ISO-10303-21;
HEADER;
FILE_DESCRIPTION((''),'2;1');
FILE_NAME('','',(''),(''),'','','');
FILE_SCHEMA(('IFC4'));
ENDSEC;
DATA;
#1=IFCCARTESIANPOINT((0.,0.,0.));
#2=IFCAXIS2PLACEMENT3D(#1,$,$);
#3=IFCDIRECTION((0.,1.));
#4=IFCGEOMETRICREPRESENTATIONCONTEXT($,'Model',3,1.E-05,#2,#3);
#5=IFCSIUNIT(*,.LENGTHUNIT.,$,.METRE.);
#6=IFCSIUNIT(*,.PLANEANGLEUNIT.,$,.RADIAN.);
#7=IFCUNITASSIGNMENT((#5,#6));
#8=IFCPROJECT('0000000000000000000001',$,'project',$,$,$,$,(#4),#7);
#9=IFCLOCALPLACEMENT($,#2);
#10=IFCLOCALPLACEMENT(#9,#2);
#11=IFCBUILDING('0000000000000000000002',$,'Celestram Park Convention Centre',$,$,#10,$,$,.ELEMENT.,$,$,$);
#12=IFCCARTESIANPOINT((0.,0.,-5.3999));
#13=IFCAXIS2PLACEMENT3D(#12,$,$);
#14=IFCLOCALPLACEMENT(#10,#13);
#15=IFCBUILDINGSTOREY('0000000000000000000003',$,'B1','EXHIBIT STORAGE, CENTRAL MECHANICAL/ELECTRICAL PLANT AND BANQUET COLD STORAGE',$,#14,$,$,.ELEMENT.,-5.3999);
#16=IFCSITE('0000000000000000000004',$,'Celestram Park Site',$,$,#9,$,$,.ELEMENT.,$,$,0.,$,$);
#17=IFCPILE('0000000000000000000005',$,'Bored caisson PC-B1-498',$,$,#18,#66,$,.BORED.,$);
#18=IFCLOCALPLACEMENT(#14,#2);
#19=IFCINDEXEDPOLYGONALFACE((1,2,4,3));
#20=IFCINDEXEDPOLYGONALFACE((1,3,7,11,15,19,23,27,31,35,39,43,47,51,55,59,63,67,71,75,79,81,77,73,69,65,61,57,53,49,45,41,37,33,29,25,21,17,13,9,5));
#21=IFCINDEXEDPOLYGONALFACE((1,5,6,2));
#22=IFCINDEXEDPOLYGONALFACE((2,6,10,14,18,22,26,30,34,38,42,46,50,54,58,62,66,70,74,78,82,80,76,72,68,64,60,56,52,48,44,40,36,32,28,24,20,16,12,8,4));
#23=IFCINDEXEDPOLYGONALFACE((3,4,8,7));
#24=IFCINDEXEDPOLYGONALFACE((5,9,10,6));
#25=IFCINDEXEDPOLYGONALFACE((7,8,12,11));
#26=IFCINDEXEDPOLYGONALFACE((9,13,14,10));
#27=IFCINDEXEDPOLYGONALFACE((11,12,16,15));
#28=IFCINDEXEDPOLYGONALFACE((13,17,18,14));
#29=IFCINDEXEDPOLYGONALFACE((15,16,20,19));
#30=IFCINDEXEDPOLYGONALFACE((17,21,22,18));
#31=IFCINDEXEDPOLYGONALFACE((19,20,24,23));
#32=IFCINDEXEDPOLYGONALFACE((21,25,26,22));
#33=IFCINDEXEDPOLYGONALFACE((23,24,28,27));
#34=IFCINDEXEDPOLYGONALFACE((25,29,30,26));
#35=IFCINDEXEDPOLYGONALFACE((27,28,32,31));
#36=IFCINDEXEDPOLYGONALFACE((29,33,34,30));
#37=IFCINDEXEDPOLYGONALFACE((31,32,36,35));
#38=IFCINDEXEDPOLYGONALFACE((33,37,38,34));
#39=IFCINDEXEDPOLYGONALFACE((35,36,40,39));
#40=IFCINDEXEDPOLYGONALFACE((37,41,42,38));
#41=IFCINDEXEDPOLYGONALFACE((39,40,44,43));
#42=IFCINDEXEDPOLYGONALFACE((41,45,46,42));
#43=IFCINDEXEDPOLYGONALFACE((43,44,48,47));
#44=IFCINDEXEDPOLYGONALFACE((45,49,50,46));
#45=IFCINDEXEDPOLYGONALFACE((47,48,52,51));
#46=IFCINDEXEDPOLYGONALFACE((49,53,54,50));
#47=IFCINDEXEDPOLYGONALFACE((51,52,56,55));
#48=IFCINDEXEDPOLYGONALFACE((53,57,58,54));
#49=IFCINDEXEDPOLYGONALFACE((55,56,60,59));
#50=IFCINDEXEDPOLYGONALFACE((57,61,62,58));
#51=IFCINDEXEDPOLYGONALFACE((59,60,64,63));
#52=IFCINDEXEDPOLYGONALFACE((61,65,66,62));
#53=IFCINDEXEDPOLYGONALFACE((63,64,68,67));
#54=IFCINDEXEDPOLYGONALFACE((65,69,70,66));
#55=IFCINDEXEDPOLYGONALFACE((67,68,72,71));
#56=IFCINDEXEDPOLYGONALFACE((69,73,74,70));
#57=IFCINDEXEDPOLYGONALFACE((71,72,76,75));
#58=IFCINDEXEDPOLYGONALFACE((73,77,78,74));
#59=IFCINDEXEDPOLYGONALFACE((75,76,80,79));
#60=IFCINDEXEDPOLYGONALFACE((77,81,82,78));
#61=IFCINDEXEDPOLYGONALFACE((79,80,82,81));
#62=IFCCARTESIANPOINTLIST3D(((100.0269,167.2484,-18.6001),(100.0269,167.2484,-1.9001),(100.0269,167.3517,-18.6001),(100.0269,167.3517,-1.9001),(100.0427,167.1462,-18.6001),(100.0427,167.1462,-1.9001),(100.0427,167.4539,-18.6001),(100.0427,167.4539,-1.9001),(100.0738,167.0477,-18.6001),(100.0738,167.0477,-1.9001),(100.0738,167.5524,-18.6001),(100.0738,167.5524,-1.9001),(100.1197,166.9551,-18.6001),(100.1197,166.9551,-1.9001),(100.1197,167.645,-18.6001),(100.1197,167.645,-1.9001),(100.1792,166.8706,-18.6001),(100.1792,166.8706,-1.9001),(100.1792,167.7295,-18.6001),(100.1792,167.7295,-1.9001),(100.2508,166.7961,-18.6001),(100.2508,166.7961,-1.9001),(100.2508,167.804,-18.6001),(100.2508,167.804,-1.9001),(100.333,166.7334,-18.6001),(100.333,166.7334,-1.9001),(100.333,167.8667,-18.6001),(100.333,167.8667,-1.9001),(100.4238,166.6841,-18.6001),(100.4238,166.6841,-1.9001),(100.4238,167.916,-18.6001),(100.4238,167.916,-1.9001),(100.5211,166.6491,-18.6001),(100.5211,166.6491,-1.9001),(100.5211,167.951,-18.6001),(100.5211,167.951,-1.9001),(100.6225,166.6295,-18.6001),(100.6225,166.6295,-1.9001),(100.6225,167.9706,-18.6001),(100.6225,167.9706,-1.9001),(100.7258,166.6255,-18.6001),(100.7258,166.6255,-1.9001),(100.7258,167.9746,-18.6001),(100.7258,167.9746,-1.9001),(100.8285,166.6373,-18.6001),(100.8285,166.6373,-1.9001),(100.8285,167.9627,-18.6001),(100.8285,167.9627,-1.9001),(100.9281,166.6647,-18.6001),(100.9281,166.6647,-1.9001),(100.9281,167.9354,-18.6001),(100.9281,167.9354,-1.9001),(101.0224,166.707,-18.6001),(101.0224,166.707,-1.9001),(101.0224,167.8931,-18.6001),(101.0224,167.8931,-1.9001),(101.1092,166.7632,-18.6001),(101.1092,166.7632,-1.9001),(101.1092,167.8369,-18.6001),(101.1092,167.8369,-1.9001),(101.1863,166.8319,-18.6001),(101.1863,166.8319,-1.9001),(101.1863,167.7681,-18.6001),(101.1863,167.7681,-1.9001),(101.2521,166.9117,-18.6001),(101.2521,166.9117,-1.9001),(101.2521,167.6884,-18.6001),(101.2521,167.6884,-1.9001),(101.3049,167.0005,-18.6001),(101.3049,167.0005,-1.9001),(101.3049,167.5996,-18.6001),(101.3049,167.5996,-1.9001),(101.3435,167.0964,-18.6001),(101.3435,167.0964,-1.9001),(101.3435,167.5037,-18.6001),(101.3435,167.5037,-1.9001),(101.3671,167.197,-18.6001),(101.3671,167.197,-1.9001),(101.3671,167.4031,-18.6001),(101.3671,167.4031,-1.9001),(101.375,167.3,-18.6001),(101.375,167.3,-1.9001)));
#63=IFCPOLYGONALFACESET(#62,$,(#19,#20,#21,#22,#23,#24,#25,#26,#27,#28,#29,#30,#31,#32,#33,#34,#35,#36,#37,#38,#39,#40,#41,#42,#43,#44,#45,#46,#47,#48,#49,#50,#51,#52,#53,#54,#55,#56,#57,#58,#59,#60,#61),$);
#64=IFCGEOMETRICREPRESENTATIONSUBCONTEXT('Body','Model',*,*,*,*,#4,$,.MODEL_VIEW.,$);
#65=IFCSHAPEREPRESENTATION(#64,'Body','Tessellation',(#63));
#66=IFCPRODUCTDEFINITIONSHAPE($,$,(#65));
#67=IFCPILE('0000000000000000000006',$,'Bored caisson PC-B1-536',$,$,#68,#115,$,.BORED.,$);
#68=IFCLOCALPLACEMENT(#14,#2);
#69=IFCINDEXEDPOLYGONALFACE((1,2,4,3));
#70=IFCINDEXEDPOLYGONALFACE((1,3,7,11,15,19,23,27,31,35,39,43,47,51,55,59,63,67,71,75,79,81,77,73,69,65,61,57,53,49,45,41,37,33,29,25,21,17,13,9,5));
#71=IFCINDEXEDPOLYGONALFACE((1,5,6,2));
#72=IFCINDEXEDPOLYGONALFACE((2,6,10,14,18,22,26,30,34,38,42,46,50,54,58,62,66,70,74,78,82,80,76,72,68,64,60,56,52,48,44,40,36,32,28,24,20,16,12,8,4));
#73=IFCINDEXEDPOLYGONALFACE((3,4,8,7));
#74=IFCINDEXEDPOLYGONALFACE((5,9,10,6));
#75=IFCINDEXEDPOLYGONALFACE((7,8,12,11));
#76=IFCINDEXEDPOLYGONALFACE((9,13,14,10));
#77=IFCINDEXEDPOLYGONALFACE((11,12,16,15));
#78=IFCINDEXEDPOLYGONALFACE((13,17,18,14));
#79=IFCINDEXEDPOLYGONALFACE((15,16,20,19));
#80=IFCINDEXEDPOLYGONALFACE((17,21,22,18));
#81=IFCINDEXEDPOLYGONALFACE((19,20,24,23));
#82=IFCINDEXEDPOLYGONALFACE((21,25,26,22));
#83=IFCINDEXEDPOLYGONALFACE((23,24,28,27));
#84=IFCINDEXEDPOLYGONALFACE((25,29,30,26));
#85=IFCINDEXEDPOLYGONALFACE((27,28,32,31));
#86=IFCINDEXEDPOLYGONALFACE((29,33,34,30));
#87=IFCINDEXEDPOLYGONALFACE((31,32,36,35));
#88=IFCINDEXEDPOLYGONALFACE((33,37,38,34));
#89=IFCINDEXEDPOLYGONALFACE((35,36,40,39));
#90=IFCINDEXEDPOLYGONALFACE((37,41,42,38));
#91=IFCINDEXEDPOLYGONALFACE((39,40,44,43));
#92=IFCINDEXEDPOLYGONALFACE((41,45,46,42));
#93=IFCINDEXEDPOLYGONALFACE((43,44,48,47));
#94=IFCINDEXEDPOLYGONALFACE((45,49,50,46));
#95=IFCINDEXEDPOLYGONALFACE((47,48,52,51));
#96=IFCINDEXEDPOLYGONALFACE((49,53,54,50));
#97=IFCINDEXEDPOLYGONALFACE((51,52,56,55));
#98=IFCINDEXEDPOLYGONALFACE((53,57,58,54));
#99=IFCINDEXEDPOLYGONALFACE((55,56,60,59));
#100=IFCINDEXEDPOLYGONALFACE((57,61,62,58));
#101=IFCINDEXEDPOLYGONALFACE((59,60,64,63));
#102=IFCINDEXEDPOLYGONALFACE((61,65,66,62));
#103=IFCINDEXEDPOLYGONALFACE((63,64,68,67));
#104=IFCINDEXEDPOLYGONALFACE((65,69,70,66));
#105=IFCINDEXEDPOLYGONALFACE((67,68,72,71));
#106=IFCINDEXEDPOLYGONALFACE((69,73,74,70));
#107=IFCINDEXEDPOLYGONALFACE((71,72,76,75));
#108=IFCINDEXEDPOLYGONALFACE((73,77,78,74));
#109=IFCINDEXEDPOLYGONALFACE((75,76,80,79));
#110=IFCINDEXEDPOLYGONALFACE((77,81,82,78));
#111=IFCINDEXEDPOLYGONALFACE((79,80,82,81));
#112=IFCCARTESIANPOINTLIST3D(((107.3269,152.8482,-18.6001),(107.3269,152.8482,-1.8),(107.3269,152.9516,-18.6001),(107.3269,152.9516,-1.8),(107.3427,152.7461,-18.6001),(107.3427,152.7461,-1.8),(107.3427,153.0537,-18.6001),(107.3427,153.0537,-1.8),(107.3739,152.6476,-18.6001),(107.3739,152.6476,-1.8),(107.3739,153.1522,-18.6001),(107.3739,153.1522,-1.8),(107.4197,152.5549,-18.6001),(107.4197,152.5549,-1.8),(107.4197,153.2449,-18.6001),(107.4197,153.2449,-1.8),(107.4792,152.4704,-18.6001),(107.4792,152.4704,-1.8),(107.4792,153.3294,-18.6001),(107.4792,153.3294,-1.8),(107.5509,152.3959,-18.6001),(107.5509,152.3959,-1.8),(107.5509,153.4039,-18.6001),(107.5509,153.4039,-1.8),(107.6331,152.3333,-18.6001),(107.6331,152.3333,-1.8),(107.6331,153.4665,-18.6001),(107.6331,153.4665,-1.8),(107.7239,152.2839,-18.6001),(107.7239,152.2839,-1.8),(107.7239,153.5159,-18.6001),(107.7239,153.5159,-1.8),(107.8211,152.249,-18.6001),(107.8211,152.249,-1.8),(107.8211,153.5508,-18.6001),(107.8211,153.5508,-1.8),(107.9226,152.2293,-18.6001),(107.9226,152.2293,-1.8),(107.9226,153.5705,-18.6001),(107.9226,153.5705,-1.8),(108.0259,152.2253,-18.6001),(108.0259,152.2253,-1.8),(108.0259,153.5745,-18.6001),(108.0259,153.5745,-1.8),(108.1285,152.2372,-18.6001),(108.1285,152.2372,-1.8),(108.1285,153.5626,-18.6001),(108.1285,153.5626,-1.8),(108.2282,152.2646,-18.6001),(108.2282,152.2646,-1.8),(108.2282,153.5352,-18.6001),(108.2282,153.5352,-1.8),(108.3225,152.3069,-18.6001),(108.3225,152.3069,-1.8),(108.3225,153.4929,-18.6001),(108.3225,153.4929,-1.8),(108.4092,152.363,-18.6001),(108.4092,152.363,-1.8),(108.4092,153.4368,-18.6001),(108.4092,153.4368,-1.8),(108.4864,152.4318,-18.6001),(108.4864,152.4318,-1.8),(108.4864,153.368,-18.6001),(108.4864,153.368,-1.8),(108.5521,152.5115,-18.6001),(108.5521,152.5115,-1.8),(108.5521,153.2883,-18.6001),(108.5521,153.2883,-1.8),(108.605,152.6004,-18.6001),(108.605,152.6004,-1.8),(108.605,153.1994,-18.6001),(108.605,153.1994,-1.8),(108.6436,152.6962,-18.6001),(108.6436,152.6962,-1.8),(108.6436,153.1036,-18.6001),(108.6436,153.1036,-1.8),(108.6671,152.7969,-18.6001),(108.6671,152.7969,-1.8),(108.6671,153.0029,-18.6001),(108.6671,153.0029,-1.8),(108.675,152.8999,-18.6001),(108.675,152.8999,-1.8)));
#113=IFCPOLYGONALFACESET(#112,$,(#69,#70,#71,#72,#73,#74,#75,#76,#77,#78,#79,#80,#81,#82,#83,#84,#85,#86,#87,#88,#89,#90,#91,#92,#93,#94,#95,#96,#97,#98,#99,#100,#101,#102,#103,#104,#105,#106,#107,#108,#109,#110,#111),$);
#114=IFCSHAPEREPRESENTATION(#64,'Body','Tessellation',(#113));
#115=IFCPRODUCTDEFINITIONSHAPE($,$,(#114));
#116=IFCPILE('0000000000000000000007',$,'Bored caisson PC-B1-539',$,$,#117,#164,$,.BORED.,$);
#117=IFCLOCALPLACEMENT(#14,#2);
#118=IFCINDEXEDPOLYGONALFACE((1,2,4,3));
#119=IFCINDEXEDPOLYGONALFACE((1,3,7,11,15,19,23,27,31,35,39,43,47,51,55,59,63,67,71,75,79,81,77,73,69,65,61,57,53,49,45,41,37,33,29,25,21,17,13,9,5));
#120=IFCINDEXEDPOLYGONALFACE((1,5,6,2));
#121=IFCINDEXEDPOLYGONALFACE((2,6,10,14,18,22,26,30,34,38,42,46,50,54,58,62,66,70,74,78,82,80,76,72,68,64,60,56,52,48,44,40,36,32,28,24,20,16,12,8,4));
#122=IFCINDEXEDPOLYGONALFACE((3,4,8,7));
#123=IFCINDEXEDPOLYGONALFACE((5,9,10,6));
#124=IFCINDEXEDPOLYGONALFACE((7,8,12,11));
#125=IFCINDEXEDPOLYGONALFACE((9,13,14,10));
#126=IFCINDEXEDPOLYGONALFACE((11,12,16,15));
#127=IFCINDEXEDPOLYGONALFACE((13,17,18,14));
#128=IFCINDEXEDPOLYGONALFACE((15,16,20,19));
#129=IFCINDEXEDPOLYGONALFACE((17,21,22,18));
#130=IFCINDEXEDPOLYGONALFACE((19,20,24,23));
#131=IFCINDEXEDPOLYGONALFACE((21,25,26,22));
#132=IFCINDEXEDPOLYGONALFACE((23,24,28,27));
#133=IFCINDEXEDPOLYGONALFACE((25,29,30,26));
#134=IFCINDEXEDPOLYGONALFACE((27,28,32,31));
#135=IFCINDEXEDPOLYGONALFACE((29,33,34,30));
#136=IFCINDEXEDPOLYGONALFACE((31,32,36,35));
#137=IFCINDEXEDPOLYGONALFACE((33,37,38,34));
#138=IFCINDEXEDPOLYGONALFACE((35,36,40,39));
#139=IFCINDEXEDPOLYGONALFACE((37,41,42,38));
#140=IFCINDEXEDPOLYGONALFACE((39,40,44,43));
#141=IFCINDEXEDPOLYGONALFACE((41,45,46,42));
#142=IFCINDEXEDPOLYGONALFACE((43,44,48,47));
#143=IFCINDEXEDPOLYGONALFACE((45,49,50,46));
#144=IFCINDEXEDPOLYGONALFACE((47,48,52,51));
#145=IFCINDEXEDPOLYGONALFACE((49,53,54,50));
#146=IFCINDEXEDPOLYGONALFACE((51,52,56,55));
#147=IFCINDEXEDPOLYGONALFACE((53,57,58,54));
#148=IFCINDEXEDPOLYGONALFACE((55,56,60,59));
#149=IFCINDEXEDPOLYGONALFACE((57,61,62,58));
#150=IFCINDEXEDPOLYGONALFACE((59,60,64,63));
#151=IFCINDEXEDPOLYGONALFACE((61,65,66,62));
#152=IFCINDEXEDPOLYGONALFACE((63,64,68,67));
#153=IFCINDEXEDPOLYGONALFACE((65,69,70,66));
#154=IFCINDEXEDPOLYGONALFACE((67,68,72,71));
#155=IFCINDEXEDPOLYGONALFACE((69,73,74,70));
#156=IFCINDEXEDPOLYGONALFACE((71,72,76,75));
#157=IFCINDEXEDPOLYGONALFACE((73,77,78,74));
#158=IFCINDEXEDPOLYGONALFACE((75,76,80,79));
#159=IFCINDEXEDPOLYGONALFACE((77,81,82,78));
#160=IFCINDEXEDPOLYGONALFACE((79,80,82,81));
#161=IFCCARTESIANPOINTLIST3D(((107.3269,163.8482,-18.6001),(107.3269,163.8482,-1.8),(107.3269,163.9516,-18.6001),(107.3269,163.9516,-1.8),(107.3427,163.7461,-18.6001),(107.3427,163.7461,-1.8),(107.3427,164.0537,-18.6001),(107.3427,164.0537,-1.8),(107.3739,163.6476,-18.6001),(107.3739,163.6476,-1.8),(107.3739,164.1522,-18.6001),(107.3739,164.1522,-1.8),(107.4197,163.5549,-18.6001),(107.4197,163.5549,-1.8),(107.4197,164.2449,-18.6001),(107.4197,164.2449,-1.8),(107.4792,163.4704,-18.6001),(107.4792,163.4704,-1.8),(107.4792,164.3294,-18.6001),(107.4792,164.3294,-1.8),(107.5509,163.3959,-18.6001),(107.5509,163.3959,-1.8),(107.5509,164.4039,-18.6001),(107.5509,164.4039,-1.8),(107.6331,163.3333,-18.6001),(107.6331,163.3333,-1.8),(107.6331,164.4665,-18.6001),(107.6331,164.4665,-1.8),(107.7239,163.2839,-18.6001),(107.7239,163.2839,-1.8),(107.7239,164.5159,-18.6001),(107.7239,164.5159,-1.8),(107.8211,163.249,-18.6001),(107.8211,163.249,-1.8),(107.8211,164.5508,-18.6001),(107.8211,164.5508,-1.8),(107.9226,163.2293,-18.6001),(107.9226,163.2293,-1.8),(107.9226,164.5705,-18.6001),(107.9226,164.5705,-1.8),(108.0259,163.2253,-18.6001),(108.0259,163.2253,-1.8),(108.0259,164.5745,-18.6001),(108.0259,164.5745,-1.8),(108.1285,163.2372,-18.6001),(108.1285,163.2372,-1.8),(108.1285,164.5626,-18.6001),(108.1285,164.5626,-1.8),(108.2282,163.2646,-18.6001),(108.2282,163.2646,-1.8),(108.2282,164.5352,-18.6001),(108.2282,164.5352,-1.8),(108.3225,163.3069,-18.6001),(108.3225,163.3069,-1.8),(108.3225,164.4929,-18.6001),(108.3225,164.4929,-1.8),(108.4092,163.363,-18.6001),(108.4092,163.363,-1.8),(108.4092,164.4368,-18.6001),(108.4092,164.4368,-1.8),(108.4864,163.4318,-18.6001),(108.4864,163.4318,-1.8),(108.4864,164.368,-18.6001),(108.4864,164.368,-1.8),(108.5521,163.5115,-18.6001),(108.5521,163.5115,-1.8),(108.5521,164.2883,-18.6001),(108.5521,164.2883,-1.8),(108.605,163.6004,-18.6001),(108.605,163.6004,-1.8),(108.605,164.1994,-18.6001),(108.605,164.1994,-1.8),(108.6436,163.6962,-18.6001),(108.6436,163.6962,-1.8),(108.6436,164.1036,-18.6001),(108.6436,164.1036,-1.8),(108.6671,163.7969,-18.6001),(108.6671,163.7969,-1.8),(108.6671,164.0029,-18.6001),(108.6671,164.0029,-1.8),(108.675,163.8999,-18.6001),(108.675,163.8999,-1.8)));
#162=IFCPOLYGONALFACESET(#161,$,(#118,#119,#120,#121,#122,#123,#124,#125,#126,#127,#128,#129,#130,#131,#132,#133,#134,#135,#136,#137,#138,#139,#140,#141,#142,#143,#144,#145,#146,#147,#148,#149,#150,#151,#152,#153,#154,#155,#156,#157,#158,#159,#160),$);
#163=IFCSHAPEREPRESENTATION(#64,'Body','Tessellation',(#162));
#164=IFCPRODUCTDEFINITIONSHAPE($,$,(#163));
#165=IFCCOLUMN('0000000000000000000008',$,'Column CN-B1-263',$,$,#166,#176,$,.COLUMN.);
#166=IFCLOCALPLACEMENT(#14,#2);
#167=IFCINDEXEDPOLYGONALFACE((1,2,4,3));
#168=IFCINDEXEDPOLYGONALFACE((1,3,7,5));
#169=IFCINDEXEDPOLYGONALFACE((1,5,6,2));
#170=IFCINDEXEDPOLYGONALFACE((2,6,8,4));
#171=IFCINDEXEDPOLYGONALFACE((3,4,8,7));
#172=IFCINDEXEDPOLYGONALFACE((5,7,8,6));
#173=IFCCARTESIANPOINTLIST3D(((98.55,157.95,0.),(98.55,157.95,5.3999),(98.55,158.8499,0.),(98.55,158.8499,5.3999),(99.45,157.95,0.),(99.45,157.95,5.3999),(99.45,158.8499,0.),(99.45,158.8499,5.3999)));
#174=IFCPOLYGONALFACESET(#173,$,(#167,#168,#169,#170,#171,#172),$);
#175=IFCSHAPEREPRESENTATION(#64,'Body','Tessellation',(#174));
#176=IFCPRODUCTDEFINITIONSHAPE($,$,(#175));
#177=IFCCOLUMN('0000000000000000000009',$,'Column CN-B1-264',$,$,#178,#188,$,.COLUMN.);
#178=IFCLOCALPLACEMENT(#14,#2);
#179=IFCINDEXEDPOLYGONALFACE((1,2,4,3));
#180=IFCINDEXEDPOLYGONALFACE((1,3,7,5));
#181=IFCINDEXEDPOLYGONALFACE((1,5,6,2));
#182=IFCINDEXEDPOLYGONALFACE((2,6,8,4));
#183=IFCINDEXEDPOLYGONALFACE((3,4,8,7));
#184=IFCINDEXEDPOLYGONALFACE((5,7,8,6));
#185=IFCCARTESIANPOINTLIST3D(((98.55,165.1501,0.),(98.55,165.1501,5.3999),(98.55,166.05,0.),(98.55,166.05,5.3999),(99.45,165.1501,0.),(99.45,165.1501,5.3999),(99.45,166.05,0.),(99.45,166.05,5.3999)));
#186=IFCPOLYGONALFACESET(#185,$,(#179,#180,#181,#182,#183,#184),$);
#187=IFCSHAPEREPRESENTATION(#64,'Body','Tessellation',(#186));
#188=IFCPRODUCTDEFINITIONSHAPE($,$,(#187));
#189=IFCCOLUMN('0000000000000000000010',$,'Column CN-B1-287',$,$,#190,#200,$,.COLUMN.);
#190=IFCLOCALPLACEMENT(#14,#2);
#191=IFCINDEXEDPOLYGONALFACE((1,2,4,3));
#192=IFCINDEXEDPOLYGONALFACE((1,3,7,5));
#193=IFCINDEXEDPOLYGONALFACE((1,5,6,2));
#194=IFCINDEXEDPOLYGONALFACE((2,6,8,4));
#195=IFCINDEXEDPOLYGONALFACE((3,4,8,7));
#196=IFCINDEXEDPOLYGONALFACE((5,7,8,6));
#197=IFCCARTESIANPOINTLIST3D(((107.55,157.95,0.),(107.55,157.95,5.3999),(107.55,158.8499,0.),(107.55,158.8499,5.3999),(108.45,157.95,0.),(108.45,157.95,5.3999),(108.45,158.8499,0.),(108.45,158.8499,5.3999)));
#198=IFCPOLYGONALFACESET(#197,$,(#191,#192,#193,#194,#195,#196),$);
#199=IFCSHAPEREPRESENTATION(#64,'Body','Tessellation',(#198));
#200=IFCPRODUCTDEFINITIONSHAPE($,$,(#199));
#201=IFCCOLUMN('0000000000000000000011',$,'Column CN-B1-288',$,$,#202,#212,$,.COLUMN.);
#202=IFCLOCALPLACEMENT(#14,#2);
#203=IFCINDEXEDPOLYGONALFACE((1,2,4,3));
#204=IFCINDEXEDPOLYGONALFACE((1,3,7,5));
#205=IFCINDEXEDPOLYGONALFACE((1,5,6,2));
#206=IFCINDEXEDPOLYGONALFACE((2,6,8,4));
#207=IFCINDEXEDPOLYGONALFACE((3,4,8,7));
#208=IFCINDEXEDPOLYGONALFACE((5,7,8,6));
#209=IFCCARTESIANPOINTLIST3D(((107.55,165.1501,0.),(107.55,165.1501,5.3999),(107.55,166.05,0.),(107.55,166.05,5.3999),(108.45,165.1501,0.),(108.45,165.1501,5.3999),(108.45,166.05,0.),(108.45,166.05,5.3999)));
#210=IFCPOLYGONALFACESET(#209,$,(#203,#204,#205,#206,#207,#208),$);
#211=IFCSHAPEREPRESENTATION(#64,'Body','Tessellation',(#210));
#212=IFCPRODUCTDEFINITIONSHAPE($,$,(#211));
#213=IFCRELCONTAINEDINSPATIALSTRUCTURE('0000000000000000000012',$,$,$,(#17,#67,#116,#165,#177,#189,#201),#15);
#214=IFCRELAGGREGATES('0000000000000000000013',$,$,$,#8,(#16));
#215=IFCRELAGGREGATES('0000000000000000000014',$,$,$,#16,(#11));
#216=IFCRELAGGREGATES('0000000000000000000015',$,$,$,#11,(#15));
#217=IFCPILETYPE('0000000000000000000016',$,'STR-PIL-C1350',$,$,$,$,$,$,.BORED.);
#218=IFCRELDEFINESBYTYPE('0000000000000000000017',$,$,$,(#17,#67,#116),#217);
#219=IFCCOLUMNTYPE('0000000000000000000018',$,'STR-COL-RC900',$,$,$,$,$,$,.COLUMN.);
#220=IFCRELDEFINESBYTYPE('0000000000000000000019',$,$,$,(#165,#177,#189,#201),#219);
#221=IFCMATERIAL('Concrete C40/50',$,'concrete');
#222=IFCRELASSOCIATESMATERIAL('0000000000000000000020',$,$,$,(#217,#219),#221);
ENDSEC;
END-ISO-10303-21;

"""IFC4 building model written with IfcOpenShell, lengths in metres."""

from ifc_helpers import new_model, si_unit, direction, frame, origin, origin_2d, place, context, subcontext, project, spatial, rectangle, circle, extrude, material, material_profile, profile_set, type_object, element, save


model = new_model("IFC4")

# Units and contexts
model_context = context("Model", 3, precision=1e-05, world=origin(), true_north=direction((0.0, 1.0)))
body_context = subcontext(model_context, "Body", "Model", "MODEL_VIEW")
ifc_project = project(units=[si_unit("LENGTHUNIT", "METRE"), si_unit("PLANEANGLEUNIT", "RADIAN")], contexts=[model_context])

# Site, building, storey
site_placement = place(None, origin())
site = spatial("IfcSite", under=ifc_project, at=site_placement, Name="Celestram Park Site", CompositionType="ELEMENT", RefElevation=0.0)
building_placement = place(site_placement, origin())
building = spatial("IfcBuilding", under=site, at=building_placement, Name="Celestram Park Convention Centre", CompositionType="ELEMENT")
storey_placement = place(building_placement, frame((0.0, 0.0, -5.3999)))
storey = spatial("IfcBuildingStorey", under=building, at=storey_placement, Name="B1", Description="EXHIBIT STORAGE, CENTRAL MECHANICAL/ELECTRICAL PLANT AND BANQUET COLD STORAGE", CompositionType="ELEMENT", Elevation=-5.3999)

# Shared definitions
ifc_material_1 = material(Name="Concrete C40/50", Category="concrete")

# Piles
ifc_material_profile_1 = material_profile(ifc_material_1, circle(Radius=0.675, at=origin_2d()), Name="CAISSON1350")
ifc_profile_set_1 = profile_set([ifc_material_profile_1], Name="Concrete C40/50")
pile_type_1 = type_object("IfcPileType", Name="STR-PIL-C1350", PredefinedType="BORED", material=ifc_profile_set_1)
for number, where, z_axis, x_axis, name in (
    (1, (100.7, 167.3, -1.9001), (0.0, 0.0, -1.0), (1.0, 0.0, 0.0), "Bored caisson PC-B1-498"),
):
    element("IfcPile", number, at=place(storey_placement, frame(where, z_axis=z_axis, x_axis=x_axis)), inside=storey, type_object=pile_type_1, Name=name, PredefinedType="BORED", context=body_context, shape_type="SweptSolid", body=[
        extrude(circle(Radius=0.675, at=origin_2d()), origin(), (0.0, 0.0, 1.0), 16.7),
    ])
for number, where, z_axis, x_axis, name in (
    (2, (108.0, 152.8999, -1.8), (0.0, 0.0, -1.0), (1.0, 0.0, 0.0), "Bored caisson PC-B1-536"),
    (3, (108.0, 163.8999, -1.8), (0.0, 0.0, -1.0), (1.0, 0.0, 0.0), "Bored caisson PC-B1-539"),
):
    element("IfcPile", number, at=place(storey_placement, frame(where, z_axis=z_axis, x_axis=x_axis)), inside=storey, type_object=pile_type_1, Name=name, PredefinedType="BORED", context=body_context, shape_type="SweptSolid", body=[
        extrude(circle(Radius=0.675, at=origin_2d()), origin(), (0.0, 0.0, 1.0), 16.8),
    ])

# Columns
ifc_material_profile_2 = material_profile(ifc_material_1, rectangle(XDim=0.8999, YDim=0.8999, at=origin_2d()), Name="RC900X900")
ifc_profile_set_2 = profile_set([ifc_material_profile_2], Name="Concrete C40/50")
column_type = type_object("IfcColumnType", Name="STR-COL-RC900", PredefinedType="COLUMN", material=ifc_profile_set_2)
for number, where, z_axis, x_axis, name in (
    (4, (99.0, 158.3999, 0.0), (0.0, 0.0, 1.0), (1.0, 0.0, 0.0), "Column CN-B1-263"),
    (5, (99.0, 165.6001, 0.0), (0.0, 0.0, 1.0), (1.0, 0.0, 0.0), "Column CN-B1-264"),
    (6, (108.0, 158.3999, 0.0), (0.0, 0.0, 1.0), (1.0, 0.0, 0.0), "Column CN-B1-287"),
    (7, (108.0, 165.6001, 0.0), (0.0, 0.0, 1.0), (1.0, 0.0, 0.0), "Column CN-B1-288"),
):
    element("IfcColumn", number, at=place(storey_placement, frame(where, z_axis=z_axis, x_axis=x_axis)), inside=storey, type_object=column_type, Name=name, PredefinedType="COLUMN", context=body_context, shape_type="SweptSolid", body=[
        extrude(rectangle(XDim=0.8999, YDim=0.8999, at=origin_2d()), origin(), (0.0, 0.0, 1.0), 5.3999),
    ])

save(model, "model.ifc")
